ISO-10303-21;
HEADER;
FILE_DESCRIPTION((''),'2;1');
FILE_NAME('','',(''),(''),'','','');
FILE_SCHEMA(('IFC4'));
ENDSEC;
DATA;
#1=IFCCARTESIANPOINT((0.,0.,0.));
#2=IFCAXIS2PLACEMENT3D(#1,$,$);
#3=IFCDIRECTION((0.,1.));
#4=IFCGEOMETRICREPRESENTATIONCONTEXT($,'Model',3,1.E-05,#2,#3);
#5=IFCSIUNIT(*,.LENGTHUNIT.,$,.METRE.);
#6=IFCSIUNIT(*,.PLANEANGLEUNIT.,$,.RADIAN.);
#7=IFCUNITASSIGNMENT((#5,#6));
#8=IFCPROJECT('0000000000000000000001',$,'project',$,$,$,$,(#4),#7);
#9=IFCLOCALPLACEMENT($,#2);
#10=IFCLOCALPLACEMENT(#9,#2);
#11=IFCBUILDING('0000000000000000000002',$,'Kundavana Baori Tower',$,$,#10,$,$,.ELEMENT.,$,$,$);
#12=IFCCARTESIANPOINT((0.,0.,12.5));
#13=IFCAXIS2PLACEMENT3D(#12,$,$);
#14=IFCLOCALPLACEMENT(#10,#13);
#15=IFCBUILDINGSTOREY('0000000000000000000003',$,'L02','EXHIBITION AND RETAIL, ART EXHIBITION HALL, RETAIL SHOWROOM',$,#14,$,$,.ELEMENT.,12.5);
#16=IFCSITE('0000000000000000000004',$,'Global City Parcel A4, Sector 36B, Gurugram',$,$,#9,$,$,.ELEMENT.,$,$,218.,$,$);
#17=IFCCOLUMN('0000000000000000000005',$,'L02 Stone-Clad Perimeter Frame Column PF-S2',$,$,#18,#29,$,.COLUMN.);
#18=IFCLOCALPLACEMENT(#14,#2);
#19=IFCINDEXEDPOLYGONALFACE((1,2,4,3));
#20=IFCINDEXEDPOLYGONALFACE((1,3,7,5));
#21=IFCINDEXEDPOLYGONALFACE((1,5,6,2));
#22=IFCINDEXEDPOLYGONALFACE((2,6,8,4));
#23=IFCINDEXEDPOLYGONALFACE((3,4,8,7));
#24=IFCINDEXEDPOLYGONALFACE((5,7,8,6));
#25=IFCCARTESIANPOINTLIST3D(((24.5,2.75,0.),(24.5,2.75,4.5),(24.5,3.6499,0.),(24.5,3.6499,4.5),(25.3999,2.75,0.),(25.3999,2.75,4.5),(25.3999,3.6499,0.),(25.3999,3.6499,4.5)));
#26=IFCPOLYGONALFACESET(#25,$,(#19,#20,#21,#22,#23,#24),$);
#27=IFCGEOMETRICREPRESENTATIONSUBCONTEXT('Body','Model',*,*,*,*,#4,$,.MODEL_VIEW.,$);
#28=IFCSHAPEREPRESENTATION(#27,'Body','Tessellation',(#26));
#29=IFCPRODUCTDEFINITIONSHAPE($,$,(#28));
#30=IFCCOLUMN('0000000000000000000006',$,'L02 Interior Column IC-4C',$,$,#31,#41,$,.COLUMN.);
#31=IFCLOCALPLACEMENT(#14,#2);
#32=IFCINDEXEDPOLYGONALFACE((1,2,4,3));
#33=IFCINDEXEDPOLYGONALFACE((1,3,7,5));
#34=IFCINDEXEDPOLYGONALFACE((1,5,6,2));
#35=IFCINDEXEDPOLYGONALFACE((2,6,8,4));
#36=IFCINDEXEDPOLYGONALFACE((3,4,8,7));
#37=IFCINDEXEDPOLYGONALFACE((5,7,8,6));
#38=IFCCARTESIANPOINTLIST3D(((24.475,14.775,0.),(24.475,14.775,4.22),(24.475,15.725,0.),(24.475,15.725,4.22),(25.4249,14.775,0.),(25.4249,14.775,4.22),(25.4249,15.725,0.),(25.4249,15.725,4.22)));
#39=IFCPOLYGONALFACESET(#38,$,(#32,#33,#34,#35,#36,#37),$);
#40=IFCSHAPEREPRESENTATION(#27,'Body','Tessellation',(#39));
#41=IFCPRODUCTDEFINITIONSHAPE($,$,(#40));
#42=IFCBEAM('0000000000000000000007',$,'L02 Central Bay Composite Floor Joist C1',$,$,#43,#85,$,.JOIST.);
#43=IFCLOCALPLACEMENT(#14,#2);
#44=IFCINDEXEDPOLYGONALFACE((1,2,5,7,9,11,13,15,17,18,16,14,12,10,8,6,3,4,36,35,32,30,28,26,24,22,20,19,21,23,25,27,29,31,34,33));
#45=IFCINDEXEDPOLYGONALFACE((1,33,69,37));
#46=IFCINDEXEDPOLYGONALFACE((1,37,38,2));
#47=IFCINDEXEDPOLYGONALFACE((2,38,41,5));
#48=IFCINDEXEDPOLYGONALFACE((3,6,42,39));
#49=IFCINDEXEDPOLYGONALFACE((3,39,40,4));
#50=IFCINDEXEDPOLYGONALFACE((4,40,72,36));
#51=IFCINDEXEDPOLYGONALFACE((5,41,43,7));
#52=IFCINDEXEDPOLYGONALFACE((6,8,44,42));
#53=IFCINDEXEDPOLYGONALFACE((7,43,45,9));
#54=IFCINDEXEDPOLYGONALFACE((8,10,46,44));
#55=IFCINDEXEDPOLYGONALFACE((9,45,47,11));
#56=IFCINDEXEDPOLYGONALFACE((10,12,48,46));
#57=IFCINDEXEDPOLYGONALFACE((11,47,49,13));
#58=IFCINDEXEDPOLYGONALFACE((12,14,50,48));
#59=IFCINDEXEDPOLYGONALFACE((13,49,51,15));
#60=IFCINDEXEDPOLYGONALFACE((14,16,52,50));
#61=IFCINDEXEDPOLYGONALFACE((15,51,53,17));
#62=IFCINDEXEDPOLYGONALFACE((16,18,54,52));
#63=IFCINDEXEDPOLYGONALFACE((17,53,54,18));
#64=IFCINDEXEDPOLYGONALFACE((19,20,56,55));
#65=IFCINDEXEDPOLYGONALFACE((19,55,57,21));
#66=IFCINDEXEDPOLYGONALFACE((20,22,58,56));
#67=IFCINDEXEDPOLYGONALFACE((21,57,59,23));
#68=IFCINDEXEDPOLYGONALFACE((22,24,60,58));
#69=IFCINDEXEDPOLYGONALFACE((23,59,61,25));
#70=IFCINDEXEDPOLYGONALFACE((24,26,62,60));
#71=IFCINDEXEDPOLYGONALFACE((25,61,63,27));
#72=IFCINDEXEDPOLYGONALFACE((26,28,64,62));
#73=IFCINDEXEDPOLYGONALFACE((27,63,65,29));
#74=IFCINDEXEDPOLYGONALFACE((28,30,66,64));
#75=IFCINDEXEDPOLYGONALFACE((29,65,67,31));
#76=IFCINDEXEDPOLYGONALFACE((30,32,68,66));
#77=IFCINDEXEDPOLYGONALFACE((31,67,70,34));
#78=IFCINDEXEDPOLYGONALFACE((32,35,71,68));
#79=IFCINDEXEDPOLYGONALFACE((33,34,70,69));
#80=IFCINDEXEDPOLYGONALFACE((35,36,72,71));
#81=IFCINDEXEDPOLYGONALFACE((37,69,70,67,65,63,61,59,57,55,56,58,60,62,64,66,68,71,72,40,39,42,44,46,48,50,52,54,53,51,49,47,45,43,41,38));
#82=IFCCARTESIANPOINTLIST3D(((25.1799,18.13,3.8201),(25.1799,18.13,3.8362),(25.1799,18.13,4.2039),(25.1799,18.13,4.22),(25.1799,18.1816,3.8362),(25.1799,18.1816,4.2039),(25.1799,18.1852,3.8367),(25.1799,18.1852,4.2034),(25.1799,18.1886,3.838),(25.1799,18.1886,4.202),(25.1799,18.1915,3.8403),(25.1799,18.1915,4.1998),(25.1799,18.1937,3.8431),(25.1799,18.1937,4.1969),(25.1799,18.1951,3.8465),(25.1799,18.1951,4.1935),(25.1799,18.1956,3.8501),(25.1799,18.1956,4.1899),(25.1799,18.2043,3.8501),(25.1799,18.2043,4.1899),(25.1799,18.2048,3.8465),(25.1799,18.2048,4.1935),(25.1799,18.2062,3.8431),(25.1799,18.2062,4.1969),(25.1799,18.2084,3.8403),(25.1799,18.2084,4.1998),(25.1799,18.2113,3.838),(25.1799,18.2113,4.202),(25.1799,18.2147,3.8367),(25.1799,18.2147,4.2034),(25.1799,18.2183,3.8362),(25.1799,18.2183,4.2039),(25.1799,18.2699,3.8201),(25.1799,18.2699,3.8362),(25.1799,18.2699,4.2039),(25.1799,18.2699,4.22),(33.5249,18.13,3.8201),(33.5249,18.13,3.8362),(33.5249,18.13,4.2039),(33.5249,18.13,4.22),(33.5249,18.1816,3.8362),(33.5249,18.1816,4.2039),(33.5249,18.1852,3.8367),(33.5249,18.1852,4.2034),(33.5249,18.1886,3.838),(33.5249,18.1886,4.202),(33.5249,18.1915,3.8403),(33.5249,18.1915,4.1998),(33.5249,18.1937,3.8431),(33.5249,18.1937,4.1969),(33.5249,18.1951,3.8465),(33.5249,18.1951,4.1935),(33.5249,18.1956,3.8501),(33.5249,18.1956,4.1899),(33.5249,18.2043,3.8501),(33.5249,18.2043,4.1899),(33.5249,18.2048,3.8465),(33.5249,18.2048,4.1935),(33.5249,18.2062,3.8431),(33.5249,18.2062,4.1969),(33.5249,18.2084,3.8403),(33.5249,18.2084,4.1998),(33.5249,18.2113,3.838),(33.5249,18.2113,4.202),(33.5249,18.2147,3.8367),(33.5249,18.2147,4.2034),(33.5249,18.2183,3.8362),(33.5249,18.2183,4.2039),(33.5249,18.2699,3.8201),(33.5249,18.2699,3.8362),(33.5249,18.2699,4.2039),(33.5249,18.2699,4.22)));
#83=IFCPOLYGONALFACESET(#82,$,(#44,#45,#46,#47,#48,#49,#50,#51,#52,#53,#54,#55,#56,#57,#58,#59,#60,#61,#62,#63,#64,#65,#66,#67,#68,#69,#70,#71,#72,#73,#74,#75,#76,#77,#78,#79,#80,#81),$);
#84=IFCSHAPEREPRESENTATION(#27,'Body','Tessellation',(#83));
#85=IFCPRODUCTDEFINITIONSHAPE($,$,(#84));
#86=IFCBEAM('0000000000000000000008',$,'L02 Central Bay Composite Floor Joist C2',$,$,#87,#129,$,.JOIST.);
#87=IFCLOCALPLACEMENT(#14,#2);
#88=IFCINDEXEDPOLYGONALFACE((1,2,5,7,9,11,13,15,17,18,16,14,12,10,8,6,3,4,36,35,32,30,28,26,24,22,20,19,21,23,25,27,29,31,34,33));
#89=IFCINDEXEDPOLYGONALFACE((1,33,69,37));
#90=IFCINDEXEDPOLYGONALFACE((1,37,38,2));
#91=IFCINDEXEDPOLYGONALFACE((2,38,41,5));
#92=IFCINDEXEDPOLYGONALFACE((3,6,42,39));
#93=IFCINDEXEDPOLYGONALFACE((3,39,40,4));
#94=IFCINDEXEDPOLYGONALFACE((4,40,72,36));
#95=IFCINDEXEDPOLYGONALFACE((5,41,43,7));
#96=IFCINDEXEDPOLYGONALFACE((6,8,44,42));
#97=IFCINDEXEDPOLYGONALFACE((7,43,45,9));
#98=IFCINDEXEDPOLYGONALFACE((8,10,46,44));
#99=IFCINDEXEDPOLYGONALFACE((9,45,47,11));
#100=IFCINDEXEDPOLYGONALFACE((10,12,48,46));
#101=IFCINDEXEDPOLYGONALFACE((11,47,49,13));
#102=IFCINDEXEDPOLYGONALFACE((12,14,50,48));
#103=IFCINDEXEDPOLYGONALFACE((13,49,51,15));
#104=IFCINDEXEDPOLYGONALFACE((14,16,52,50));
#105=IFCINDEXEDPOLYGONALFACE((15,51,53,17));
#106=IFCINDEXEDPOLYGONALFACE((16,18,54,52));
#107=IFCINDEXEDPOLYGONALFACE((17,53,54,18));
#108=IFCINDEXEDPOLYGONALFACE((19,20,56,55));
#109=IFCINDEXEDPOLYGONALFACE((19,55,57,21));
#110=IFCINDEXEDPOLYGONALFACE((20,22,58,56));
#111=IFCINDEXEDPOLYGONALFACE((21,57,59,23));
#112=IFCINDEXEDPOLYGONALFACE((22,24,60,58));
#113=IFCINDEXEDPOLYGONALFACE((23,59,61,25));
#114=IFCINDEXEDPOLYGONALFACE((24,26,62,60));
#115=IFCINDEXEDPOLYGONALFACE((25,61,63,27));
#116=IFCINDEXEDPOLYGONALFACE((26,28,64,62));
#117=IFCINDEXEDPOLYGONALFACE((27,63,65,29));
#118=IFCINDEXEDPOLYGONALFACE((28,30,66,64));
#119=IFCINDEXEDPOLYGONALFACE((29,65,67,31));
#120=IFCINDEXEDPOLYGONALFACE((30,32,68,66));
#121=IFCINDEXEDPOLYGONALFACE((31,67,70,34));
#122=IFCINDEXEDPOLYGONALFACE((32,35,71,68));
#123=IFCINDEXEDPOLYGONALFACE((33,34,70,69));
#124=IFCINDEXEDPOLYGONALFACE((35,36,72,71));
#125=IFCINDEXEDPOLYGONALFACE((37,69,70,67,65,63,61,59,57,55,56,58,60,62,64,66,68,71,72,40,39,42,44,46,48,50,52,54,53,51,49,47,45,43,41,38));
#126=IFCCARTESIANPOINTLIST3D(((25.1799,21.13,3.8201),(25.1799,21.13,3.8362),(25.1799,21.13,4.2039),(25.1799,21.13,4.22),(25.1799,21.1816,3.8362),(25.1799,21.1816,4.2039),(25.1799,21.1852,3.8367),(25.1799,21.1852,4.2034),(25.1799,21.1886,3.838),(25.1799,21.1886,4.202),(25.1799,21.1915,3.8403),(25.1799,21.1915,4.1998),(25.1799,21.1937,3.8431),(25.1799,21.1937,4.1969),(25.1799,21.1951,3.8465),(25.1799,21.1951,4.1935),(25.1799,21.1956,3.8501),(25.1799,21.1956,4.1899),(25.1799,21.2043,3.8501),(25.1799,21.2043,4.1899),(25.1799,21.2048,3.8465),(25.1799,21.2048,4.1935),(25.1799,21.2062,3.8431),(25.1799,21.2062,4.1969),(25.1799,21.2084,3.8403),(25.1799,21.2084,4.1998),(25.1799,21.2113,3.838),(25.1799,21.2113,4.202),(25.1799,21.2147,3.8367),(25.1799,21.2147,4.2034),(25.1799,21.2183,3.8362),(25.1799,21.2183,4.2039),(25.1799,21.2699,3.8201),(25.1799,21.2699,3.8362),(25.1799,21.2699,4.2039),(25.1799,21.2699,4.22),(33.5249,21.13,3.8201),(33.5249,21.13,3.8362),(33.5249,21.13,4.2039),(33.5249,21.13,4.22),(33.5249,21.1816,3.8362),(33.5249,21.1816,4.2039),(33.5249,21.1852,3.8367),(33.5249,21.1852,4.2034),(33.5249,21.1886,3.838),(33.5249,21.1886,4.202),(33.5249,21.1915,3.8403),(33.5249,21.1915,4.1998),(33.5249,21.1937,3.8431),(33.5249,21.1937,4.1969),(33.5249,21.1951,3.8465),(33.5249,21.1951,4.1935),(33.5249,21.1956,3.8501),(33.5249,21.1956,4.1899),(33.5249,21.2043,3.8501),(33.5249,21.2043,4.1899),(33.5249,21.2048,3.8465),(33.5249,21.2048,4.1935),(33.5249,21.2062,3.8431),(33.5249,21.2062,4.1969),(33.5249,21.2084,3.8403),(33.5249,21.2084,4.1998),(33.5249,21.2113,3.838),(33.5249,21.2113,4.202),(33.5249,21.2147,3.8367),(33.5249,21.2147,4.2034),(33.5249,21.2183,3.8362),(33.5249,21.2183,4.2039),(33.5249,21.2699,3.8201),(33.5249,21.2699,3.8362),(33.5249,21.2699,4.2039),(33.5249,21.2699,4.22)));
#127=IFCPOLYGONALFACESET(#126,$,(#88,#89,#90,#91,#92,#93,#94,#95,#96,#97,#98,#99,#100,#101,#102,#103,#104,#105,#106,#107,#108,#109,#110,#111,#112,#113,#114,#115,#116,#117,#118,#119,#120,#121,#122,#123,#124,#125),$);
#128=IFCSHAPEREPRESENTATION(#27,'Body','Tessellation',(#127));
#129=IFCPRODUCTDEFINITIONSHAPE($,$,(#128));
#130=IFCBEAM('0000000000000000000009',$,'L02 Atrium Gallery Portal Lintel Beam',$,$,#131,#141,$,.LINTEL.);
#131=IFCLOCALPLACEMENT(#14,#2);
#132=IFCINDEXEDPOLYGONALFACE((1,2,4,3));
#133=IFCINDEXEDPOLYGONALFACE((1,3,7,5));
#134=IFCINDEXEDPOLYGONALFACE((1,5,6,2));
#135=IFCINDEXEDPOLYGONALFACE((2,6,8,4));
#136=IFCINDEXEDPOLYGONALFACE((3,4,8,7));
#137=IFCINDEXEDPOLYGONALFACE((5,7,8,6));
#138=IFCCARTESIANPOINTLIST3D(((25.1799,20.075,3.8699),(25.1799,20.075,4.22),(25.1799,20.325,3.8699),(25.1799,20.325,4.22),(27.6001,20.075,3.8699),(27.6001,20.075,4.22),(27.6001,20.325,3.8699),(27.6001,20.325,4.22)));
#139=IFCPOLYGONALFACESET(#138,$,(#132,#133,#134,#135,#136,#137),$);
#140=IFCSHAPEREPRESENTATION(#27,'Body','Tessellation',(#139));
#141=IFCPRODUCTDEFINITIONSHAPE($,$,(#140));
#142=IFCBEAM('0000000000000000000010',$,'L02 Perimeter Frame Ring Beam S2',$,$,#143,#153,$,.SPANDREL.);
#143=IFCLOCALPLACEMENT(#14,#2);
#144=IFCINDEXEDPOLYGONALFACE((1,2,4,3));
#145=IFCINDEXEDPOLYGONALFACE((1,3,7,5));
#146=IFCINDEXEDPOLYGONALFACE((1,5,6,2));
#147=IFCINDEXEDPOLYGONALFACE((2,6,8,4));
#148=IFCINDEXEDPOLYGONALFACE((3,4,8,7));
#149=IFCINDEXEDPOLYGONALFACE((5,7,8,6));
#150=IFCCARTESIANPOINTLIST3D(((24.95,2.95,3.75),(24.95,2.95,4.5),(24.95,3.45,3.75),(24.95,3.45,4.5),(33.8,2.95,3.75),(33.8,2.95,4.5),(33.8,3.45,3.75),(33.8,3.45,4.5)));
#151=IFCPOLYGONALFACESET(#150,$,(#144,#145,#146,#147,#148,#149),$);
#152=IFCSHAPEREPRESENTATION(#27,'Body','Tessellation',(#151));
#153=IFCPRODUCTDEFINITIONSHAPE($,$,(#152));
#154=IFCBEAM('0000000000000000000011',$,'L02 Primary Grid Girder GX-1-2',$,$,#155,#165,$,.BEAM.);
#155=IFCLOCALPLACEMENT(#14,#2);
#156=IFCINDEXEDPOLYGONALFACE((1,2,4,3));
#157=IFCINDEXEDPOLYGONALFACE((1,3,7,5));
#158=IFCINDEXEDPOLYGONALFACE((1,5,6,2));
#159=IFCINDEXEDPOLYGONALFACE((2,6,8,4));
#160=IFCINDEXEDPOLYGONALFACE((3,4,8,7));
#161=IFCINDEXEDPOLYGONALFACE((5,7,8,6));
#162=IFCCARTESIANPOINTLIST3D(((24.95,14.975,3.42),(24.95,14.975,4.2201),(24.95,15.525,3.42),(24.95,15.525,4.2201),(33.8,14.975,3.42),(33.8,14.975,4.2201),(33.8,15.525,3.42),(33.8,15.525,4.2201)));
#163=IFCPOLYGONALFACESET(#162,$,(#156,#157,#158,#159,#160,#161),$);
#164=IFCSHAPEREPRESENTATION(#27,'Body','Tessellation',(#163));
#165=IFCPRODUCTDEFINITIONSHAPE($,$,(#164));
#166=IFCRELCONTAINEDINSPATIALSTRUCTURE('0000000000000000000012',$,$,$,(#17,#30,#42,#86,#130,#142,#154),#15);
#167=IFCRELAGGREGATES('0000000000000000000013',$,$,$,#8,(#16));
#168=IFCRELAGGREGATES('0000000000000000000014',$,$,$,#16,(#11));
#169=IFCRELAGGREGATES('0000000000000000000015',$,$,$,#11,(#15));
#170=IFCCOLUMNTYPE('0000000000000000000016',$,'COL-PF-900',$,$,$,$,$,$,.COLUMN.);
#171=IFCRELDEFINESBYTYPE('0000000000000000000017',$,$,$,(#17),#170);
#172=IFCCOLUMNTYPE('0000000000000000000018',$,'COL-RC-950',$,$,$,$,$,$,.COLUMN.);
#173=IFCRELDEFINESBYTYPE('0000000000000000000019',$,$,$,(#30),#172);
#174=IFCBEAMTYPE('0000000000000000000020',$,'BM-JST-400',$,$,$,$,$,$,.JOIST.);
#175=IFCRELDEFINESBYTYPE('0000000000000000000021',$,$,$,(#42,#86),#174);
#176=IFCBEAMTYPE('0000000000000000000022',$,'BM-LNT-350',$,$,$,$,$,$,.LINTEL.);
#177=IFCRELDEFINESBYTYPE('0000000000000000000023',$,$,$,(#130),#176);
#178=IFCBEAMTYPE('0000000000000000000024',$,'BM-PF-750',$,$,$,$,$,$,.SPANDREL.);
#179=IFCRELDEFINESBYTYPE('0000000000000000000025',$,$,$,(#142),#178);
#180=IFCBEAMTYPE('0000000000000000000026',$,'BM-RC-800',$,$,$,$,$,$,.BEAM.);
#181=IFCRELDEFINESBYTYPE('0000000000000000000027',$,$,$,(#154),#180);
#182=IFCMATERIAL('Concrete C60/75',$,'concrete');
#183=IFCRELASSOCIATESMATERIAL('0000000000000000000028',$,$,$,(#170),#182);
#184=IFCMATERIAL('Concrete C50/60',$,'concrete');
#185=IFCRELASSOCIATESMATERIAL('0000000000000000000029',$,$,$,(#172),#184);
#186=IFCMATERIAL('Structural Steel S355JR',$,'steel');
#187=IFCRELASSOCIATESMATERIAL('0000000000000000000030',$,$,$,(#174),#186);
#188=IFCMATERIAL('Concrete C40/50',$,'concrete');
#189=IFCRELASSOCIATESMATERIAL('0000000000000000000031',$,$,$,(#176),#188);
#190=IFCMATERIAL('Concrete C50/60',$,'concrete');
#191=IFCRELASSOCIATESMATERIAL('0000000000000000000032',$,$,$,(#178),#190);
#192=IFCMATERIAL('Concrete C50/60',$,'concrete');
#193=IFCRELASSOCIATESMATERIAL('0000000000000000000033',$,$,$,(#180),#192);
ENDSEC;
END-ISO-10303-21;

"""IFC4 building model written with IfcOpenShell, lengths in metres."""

from ifc_helpers import new_model, si_unit, direction, frame, origin, origin_2d, place, context, subcontext, project, spatial, rectangle, i_section, extrude, material, material_profile, profile_set, type_object, element, save


model = new_model("IFC4")

# Units and contexts
model_context = context("Model", 3, precision=1e-05, world=origin(), true_north=direction((0.0, 1.0)))
body_context = subcontext(model_context, "Body", "Model", "MODEL_VIEW")
ifc_project = project(units=[si_unit("LENGTHUNIT", "METRE"), si_unit("PLANEANGLEUNIT", "RADIAN")], contexts=[model_context])

# Site, building, storey
site_placement = place(None, origin())
site = spatial("IfcSite", under=ifc_project, at=site_placement, Name="Global City Parcel A4, Sector 36B, Gurugram", CompositionType="ELEMENT", RefElevation=218.0)
building_placement = place(site_placement, origin())
building = spatial("IfcBuilding", under=site, at=building_placement, Name="Kundavana Baori Tower", CompositionType="ELEMENT")
storey_placement = place(building_placement, frame((0.0, 0.0, 12.5)))
storey = spatial("IfcBuildingStorey", under=building, at=storey_placement, Name="L02", Description="EXHIBITION AND RETAIL, ART EXHIBITION HALL, RETAIL SHOWROOM", CompositionType="ELEMENT", Elevation=12.5)

# Columns
ifc_material_1 = material(Name="Concrete C60/75", Category="concrete")
ifc_material_profile_1 = material_profile(ifc_material_1, rectangle(XDim=0.8999, YDim=0.8999, at=origin_2d()), Name="RC PF 900x900")
ifc_profile_set_1 = profile_set([ifc_material_profile_1], Name="Concrete C60/75")
column_type_1 = type_object("IfcColumnType", Name="COL-PF-900", PredefinedType="COLUMN", material=ifc_profile_set_1)
column_1_placement = place(storey_placement, frame((24.95, 3.2, 0.0), z_axis=(0.0, 0.0, 1.0), x_axis=(1.0, 0.0, 0.0)))
element("IfcColumn", 1, at=column_1_placement, inside=storey, type_object=column_type_1, Name="L02 Stone-Clad Perimeter Frame Column PF-S2", PredefinedType="COLUMN", context=body_context, shape_type="SweptSolid", body=[
    extrude(rectangle(XDim=0.8999, YDim=0.8999, at=origin_2d()), origin(), (0.0, 0.0, 1.0), 4.5),
])
ifc_material_2 = material(Name="Concrete C50/60", Category="concrete")
ifc_material_profile_2 = material_profile(ifc_material_2, rectangle(XDim=0.95, YDim=0.95, at=origin_2d()), Name="RC 950x950")
ifc_profile_set_2 = profile_set([ifc_material_profile_2], Name="Concrete C50/60")
column_type_2 = type_object("IfcColumnType", Name="COL-RC-950", PredefinedType="COLUMN", material=ifc_profile_set_2)
column_2_placement = place(storey_placement, frame((24.95, 15.25, 0.0), z_axis=(0.0, 0.0, 1.0), x_axis=(1.0, 0.0, 0.0)))
element("IfcColumn", 2, at=column_2_placement, inside=storey, type_object=column_type_2, Name="L02 Interior Column IC-4C", PredefinedType="COLUMN", context=body_context, shape_type="SweptSolid", body=[
    extrude(rectangle(XDim=0.95, YDim=0.95, at=origin_2d()), origin(), (0.0, 0.0, 1.0), 4.22),
])

# Beams
ifc_material_3 = material(Name="Structural Steel S355JR", Category="steel")
ifc_material_profile_3 = material_profile(ifc_material_3, i_section(OverallWidth=0.1399, OverallDepth=0.3999, WebThickness=0.0088, FlangeThickness=0.0161, FilletRadius=0.0139, at=origin_2d()), Name="ISMB 400")
ifc_profile_set_3 = profile_set([ifc_material_profile_3], Name="Structural Steel S355JR")
beam_type_1 = type_object("IfcBeamType", Name="BM-JST-400", PredefinedType="JOIST", material=ifc_profile_set_3)
for number, where, z_axis, x_axis, name in (
    (3, (25.1799, 18.2, 4.02), (1.0, 0.0, 0.0), (0.0, 1.0, 0.0), "L02 Central Bay Composite Floor Joist C1"),
    (4, (25.1799, 21.2, 4.02), (1.0, 0.0, 0.0), (0.0, 1.0, 0.0), "L02 Central Bay Composite Floor Joist C2"),
):
    element("IfcBeam", number, at=place(storey_placement, frame(where, z_axis=z_axis, x_axis=x_axis)), inside=storey, type_object=beam_type_1, Name=name, PredefinedType="JOIST", context=body_context, shape_type="SweptSolid", body=[
        extrude(i_section(OverallWidth=0.1399, OverallDepth=0.3999, WebThickness=0.0088, FlangeThickness=0.0161, FilletRadius=0.0139, at=origin_2d()), origin(), (0.0, 0.0, 1.0), 8.345),
    ])
ifc_material_4 = material(Name="Concrete C40/50", Category="concrete")
ifc_material_profile_4 = material_profile(ifc_material_4, rectangle(XDim=0.25, YDim=0.3501, at=origin_2d()), Name="RC LNT 250x350")
ifc_profile_set_4 = profile_set([ifc_material_profile_4], Name="Concrete C40/50")
beam_type_2 = type_object("IfcBeamType", Name="BM-LNT-350", PredefinedType="LINTEL", material=ifc_profile_set_4)
beam_1_placement = place(storey_placement, frame((25.1799, 20.2, 4.0449), z_axis=(1.0, 0.0, 0.0), x_axis=(0.0, 1.0, 0.0)))
element("IfcBeam", 5, at=beam_1_placement, inside=storey, type_object=beam_type_2, Name="L02 Atrium Gallery Portal Lintel Beam", PredefinedType="LINTEL", context=body_context, shape_type="SweptSolid", body=[
    extrude(rectangle(XDim=0.25, YDim=0.3501, at=origin_2d()), origin(), (0.0, 0.0, 1.0), 2.4202),
])
ifc_material_5 = material(Name="Concrete C50/60", Category="concrete")
ifc_material_profile_5 = material_profile(ifc_material_5, rectangle(XDim=0.5, YDim=0.75, at=origin_2d()), Name="RC BM 500x750")
ifc_profile_set_5 = profile_set([ifc_material_profile_5], Name="Concrete C50/60")
beam_type_3 = type_object("IfcBeamType", Name="BM-PF-750", PredefinedType="SPANDREL", material=ifc_profile_set_5)
beam_2_placement = place(storey_placement, frame((24.95, 3.2, 4.125), z_axis=(1.0, 0.0, 0.0), x_axis=(0.0, 1.0, 0.0)))
element("IfcBeam", 6, at=beam_2_placement, inside=storey, type_object=beam_type_3, Name="L02 Perimeter Frame Ring Beam S2", PredefinedType="SPANDREL", context=body_context, shape_type="SweptSolid", body=[
    extrude(rectangle(XDim=0.5, YDim=0.75, at=origin_2d()), origin(), (0.0, 0.0, 1.0), 8.8501),
])
ifc_material_6 = material(Name="Concrete C50/60", Category="concrete")
ifc_material_profile_6 = material_profile(ifc_material_6, rectangle(XDim=0.55, YDim=0.8, at=origin_2d()), Name="RC BM 550x800")
ifc_profile_set_6 = profile_set([ifc_material_profile_6], Name="Concrete C50/60")
beam_type_4 = type_object("IfcBeamType", Name="BM-RC-800", PredefinedType="BEAM", material=ifc_profile_set_6)
beam_3_placement = place(storey_placement, frame((24.95, 15.25, 3.8201), z_axis=(1.0, 0.0, 0.0), x_axis=(0.0, 1.0, 0.0)))
element("IfcBeam", 7, at=beam_3_placement, inside=storey, type_object=beam_type_4, Name="L02 Primary Grid Girder GX-1-2", PredefinedType="BEAM", context=body_context, shape_type="SweptSolid", body=[
    extrude(rectangle(XDim=0.55, YDim=0.8, at=origin_2d()), origin(), (0.0, 0.0, 1.0), 8.8501),
])

save(model, "model.ifc")
